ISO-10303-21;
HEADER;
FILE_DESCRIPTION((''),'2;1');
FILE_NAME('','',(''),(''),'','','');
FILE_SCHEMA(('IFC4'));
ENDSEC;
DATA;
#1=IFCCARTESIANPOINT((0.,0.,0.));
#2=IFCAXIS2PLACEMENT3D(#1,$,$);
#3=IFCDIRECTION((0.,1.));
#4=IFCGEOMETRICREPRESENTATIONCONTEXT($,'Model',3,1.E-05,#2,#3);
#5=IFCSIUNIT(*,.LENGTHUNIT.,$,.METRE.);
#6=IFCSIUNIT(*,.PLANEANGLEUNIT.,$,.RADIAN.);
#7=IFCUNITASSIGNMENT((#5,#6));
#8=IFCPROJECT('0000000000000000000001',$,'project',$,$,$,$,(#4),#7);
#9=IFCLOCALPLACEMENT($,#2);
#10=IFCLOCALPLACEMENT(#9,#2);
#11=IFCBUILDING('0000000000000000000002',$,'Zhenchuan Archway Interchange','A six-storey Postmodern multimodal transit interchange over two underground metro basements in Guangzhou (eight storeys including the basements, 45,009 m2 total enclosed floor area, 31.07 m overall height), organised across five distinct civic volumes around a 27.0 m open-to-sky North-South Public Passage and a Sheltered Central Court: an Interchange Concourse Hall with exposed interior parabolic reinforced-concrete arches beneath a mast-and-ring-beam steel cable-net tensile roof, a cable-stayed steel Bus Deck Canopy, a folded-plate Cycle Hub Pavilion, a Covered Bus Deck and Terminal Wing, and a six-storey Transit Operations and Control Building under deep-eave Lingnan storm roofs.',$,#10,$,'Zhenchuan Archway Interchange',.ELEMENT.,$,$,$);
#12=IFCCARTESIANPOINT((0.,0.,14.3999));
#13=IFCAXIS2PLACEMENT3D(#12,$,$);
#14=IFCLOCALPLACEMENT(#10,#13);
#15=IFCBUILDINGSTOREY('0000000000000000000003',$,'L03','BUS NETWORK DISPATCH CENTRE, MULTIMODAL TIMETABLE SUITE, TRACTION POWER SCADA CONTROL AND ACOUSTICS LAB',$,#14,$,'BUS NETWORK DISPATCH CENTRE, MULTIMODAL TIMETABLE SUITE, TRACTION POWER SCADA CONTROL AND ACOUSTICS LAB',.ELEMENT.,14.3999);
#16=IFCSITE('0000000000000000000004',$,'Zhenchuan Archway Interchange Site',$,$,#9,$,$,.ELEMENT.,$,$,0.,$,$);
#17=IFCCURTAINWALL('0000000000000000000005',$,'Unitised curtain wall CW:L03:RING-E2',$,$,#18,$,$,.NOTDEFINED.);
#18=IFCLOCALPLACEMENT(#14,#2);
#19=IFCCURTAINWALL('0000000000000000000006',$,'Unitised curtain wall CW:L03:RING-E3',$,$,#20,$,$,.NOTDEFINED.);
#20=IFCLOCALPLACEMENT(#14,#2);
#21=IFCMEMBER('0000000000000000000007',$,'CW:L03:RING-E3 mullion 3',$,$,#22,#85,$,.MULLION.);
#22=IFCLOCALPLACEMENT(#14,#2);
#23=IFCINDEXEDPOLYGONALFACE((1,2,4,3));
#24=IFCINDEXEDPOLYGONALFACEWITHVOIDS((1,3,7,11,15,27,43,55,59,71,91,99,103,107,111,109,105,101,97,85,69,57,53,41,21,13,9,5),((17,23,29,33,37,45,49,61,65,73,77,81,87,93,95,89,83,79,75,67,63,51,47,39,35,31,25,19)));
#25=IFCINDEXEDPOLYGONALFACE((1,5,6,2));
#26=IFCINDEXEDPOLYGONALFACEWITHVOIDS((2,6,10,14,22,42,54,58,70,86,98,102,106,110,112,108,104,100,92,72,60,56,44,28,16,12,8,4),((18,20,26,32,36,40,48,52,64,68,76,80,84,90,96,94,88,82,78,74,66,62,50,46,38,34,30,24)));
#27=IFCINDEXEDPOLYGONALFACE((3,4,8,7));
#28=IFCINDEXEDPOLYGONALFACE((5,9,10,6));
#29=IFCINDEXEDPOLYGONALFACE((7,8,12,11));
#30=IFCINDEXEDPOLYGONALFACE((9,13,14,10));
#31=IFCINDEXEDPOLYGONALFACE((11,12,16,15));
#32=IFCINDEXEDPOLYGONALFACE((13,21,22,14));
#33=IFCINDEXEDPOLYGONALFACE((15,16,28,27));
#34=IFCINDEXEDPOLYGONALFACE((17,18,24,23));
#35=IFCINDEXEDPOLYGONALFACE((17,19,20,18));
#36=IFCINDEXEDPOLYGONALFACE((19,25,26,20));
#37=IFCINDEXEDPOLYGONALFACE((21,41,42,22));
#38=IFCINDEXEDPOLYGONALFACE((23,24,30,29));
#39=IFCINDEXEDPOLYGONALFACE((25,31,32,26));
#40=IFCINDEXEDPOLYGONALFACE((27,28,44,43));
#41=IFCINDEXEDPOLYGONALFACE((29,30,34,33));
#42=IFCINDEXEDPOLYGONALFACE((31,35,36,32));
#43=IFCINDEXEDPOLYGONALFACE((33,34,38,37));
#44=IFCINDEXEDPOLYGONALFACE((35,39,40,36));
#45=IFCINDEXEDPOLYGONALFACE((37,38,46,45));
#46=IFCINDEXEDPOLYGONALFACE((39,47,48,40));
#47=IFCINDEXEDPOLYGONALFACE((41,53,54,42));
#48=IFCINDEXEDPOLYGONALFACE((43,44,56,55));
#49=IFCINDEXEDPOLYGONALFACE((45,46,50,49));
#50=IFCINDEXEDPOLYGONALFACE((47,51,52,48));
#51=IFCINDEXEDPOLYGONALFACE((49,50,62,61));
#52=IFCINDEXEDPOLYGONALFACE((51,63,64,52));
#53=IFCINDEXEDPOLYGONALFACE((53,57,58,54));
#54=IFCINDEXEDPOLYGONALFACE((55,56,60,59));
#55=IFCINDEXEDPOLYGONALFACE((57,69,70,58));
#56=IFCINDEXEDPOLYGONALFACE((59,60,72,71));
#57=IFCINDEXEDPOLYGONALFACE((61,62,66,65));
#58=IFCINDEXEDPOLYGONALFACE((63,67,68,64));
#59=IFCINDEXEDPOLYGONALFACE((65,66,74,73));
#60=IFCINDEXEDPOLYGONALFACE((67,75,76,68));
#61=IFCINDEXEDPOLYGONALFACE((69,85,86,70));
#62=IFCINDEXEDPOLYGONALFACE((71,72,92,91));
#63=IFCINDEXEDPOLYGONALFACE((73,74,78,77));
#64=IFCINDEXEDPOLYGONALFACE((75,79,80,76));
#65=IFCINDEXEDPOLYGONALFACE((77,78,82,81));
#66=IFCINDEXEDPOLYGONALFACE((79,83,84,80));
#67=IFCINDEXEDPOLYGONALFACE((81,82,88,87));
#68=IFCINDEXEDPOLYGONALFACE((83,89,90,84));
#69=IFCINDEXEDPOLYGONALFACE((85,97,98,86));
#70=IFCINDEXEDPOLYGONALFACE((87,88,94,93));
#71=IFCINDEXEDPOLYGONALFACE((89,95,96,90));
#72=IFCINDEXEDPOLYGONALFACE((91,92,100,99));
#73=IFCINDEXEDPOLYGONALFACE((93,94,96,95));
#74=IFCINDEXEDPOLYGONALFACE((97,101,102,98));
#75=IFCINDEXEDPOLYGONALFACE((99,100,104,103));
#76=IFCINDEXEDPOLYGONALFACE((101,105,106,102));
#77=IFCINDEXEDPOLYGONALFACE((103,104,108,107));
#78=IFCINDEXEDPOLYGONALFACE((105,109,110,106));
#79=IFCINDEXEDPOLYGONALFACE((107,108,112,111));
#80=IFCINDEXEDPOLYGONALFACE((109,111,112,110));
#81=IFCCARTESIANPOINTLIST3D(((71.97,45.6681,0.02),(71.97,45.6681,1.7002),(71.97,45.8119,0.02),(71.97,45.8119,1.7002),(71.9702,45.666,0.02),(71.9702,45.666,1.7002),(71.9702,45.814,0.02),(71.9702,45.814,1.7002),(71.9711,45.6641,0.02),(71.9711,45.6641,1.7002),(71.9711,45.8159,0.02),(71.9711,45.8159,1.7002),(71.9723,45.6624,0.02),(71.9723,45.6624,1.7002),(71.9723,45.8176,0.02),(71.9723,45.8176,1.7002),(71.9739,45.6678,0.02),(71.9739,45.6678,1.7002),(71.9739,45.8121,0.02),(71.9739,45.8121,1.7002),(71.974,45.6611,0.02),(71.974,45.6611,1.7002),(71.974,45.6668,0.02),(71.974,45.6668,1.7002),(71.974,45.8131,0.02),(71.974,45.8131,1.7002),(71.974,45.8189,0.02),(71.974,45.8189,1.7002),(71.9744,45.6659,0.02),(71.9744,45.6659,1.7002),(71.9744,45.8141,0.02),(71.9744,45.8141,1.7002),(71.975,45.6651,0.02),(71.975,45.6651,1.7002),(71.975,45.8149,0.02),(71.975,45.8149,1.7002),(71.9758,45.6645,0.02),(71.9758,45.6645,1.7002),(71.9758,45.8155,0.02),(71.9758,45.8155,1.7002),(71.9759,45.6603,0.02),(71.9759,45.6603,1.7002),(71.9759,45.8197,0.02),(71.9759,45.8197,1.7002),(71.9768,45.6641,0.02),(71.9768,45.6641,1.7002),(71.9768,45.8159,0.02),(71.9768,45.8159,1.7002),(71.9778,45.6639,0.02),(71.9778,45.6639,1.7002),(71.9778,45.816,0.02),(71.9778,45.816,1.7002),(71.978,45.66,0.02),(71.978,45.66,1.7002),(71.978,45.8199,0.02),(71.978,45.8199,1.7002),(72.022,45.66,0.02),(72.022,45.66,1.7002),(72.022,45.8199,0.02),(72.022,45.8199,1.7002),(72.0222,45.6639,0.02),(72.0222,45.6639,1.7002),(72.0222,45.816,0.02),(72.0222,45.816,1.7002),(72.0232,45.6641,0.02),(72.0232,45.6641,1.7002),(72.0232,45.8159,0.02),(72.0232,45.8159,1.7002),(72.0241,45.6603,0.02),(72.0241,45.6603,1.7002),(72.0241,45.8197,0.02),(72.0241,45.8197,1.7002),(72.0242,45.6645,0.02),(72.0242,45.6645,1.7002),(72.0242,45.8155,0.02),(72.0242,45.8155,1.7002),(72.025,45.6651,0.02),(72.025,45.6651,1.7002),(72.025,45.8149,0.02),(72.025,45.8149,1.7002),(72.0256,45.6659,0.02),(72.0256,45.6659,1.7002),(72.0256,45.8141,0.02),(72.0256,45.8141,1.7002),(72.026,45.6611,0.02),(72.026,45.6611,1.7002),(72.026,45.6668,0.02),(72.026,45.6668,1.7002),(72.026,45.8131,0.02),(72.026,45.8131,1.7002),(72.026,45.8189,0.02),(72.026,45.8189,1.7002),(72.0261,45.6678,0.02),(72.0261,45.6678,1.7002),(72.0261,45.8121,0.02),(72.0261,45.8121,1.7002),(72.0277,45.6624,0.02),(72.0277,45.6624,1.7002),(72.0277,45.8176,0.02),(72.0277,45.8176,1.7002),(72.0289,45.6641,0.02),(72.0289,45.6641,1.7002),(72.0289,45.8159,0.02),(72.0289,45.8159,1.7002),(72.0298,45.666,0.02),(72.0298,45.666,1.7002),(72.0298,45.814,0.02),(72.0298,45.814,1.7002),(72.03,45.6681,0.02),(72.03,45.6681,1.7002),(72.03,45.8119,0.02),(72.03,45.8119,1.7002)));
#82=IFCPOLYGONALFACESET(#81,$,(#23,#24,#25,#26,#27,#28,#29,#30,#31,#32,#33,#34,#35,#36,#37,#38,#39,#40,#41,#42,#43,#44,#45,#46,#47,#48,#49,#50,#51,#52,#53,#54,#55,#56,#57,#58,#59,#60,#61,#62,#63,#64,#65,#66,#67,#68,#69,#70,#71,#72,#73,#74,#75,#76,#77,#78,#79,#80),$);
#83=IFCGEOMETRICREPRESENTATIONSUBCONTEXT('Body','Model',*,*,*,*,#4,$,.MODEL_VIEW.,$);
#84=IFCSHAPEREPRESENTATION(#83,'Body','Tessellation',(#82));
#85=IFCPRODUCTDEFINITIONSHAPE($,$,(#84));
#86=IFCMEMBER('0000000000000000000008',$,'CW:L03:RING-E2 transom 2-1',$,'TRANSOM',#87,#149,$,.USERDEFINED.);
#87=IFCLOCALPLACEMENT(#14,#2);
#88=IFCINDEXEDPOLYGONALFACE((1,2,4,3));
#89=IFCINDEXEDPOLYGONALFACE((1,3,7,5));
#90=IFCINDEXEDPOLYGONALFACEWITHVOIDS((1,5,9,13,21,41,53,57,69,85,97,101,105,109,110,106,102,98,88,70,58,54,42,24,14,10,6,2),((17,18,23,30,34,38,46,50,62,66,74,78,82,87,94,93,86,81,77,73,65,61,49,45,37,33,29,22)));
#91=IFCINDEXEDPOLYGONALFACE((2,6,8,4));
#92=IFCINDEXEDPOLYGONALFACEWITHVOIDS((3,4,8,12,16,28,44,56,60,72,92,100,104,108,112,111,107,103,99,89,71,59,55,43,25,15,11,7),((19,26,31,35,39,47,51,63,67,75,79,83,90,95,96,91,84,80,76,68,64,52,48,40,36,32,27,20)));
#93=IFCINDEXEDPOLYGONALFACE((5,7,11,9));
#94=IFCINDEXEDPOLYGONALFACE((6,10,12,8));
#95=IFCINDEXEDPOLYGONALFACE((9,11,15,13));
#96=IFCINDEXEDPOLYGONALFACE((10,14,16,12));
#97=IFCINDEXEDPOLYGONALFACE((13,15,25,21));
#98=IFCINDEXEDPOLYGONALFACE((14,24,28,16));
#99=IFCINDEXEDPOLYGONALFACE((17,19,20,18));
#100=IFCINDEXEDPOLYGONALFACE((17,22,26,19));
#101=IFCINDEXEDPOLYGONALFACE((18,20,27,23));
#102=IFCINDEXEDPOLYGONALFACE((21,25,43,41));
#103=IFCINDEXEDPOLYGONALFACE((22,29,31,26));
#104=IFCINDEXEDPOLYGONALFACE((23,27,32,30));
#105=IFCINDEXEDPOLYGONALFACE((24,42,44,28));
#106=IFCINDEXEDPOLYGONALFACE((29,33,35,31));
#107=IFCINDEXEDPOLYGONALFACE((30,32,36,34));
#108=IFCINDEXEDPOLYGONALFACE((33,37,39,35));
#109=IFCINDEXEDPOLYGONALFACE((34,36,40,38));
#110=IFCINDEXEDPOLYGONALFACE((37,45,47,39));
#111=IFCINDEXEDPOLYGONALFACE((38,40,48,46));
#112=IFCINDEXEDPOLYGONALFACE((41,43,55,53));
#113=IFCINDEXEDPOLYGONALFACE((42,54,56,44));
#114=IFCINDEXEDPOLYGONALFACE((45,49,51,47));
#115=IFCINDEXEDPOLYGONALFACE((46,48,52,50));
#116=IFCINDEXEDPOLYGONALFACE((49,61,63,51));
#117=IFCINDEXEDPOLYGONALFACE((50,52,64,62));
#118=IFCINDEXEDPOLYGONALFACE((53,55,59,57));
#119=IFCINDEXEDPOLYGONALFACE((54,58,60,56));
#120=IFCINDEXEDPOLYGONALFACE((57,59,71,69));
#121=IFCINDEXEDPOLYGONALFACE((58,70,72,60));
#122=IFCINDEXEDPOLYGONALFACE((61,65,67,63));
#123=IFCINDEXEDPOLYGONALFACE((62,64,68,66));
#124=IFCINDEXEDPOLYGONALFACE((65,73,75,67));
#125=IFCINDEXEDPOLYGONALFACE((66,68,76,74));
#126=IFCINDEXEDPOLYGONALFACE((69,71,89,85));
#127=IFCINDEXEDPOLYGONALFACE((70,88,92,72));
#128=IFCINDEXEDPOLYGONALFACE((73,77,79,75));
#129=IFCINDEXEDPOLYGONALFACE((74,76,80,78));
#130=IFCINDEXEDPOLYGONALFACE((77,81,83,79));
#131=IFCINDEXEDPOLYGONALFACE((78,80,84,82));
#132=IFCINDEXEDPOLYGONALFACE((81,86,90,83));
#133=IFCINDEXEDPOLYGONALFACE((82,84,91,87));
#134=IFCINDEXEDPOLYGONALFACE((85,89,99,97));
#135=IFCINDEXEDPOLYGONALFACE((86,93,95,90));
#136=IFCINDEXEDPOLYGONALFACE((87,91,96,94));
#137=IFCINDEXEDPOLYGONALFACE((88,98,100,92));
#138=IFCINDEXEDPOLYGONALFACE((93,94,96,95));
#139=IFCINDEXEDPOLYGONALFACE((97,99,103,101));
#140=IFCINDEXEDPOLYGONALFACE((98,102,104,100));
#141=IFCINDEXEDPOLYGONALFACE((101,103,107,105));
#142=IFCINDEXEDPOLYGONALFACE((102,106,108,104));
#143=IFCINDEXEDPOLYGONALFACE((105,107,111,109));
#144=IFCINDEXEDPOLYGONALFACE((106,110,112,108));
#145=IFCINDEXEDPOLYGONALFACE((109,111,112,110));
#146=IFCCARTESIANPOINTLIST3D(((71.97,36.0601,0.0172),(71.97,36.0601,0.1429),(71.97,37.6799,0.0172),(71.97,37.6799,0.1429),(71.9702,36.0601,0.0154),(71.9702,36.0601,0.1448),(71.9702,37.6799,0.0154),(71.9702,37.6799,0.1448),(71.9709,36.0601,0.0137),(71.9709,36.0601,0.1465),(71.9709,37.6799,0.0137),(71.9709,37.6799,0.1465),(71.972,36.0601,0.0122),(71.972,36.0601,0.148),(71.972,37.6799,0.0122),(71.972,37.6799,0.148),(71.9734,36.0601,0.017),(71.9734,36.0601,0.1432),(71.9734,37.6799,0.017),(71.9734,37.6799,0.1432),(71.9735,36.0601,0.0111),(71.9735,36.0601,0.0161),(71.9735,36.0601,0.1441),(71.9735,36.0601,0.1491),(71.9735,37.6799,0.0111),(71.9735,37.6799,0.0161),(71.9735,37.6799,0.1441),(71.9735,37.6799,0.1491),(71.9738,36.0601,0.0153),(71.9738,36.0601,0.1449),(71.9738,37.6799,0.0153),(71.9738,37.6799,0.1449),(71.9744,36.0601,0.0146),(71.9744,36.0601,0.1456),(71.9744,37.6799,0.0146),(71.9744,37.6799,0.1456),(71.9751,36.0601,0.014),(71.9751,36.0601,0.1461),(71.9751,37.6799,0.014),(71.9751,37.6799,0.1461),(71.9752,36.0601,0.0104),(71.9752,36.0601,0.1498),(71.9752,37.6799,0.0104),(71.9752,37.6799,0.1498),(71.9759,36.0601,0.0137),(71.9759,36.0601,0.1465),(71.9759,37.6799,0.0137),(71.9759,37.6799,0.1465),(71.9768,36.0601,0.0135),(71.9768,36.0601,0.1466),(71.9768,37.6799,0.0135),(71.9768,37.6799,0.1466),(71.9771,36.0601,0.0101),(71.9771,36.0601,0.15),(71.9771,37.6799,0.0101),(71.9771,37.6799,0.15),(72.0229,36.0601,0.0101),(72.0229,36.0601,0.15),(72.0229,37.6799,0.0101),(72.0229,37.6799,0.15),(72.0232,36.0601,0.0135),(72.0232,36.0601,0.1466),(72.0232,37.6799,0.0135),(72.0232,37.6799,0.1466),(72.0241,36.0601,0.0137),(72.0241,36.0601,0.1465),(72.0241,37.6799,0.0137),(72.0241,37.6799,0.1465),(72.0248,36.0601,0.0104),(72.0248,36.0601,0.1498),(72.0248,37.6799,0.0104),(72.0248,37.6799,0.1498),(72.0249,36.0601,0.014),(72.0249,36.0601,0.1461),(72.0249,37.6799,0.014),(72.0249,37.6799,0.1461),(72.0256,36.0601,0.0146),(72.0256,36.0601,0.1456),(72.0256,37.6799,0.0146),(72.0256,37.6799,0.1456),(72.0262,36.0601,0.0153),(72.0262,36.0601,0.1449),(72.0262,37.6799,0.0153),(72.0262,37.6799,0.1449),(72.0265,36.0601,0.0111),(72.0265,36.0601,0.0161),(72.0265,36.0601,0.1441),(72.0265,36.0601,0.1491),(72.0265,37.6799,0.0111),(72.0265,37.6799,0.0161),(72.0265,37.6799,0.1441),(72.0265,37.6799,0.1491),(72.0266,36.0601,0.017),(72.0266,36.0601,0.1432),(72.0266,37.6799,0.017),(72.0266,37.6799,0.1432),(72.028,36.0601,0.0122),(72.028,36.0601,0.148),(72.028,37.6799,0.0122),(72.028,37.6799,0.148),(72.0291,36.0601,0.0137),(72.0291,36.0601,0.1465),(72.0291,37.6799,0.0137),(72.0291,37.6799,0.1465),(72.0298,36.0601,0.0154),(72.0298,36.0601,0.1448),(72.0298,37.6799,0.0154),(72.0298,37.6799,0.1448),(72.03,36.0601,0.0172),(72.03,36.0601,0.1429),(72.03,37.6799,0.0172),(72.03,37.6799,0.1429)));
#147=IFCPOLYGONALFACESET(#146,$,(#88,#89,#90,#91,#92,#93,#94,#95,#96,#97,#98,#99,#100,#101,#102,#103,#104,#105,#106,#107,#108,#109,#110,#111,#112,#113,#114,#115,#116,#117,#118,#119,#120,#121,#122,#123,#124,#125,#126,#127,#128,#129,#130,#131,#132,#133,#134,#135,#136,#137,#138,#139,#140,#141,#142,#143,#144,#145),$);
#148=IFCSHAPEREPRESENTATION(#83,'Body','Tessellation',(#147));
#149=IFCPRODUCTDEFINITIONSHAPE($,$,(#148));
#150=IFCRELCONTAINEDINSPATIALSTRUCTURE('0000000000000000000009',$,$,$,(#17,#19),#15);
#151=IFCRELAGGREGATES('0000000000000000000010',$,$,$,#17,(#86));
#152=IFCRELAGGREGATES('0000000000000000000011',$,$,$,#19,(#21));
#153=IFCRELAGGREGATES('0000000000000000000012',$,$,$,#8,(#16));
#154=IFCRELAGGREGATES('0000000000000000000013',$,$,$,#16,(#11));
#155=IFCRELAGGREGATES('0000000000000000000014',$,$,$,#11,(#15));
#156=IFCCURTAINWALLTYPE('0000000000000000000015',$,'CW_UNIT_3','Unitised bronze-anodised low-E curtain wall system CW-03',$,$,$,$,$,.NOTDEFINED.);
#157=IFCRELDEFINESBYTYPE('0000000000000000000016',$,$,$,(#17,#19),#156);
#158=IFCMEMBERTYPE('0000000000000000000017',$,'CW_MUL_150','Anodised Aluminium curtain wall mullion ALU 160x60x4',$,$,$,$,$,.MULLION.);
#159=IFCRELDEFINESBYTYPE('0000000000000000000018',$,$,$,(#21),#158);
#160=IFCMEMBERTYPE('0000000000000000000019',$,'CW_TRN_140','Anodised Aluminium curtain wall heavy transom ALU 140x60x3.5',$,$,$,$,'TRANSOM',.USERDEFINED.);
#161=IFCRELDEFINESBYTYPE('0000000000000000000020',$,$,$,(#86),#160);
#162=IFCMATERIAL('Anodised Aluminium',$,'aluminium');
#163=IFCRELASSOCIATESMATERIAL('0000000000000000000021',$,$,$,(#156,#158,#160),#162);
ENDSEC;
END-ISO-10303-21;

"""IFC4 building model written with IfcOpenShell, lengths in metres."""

from ifc_helpers import new_model, si_unit, direction, frame, origin, origin_2d, place, context, subcontext, project, spatial, hollow_rectangle, extrude, material, material_profile, profile_set, type_object, element, aggregate, save


model = new_model("IFC4")

# Units and contexts
model_context = context("Model", 3, precision=1e-05, world=origin(), true_north=direction((0.0, 1.0)))
body_context = subcontext(model_context, "Body", "Model", "MODEL_VIEW")
ifc_project = project(units=[si_unit("LENGTHUNIT", "METRE"), si_unit("PLANEANGLEUNIT", "RADIAN")], contexts=[model_context])

# Site, building, storey
site_placement = place(None, origin())
site = spatial("IfcSite", under=ifc_project, at=site_placement, Name="Zhenchuan Archway Interchange Site", CompositionType="ELEMENT", RefElevation=0.0)
building_placement = place(site_placement, origin())
building = spatial("IfcBuilding", under=site, at=building_placement, Name="Zhenchuan Archway Interchange", Description="A six-storey Postmodern multimodal transit interchange over two underground metro basements in Guangzhou (eight storeys including the basements, 45,009 m2 total enclosed floor area, 31.07 m overall height), organised across five distinct civic volumes around a 27.0 m open-to-sky North-South Public Passage and a Sheltered Central Court: an Interchange Concourse Hall with exposed interior parabolic reinforced-concrete arches beneath a mast-and-ring-beam steel cable-net tensile roof, a cable-stayed steel Bus Deck Canopy, a folded-plate Cycle Hub Pavilion, a Covered Bus Deck and Terminal Wing, and a six-storey Transit Operations and Control Building under deep-eave Lingnan storm roofs.", LongName="Zhenchuan Archway Interchange", CompositionType="ELEMENT")
storey_placement = place(building_placement, frame((0.0, 0.0, 14.3999)))
storey = spatial("IfcBuildingStorey", under=building, at=storey_placement, Name="L03", Description="BUS NETWORK DISPATCH CENTRE, MULTIMODAL TIMETABLE SUITE, TRACTION POWER SCADA CONTROL AND ACOUSTICS LAB", LongName="BUS NETWORK DISPATCH CENTRE, MULTIMODAL TIMETABLE SUITE, TRACTION POWER SCADA CONTROL AND ACOUSTICS LAB", CompositionType="ELEMENT", Elevation=14.3999)

# Curtain walls, member
ifc_material_1 = material(Name="Anodised Aluminium", Category="aluminium")
curtain_wall_type = type_object("IfcCurtainWallType", Name="CW_UNIT_3", Description="Unitised bronze-anodised low-E curtain wall system CW-03", PredefinedType="NOTDEFINED", material=ifc_material_1)
curtain_wall_1_placement = place(storey_placement, origin())
curtain_wall_1 = element("IfcCurtainWall", 1, at=curtain_wall_1_placement, inside=storey, type_object=curtain_wall_type, Name="Unitised curtain wall CW:L03:RING-E2", PredefinedType="NOTDEFINED")
ifc_material_profile_1 = material_profile(ifc_material_1, hollow_rectangle(XDim=0.0601, YDim=0.1599, WallThickness=0.0039, InnerFilletRadius=0.0039, OuterFilletRadius=0.0081, at=origin_2d()), Name="ALU 160x60x4")
ifc_profile_set_1 = profile_set([ifc_material_profile_1], Name="Anodised Aluminium")
member_type_1 = type_object("IfcMemberType", Name="CW_MUL_150", Description="Anodised Aluminium curtain wall mullion ALU 160x60x4", PredefinedType="MULLION", material=ifc_profile_set_1)
curtain_wall_2_placement = place(storey_placement, origin())
curtain_wall_2 = element("IfcCurtainWall", 2, at=curtain_wall_2_placement, inside=storey, type_object=curtain_wall_type, Name="Unitised curtain wall CW:L03:RING-E3", PredefinedType="NOTDEFINED")
member_1_placement = place(storey_placement, frame((72.0, 45.74, 0.02), z_axis=(0.0, 0.0, 1.0), x_axis=(1.0, 0.0, 0.0)))
member_1 = element("IfcMember", 3, at=member_1_placement, type_object=member_type_1, Name="CW:L03:RING-E3 mullion 3", PredefinedType="MULLION", context=body_context, shape_type="SweptSolid", body=[
    extrude(hollow_rectangle(XDim=0.0601, YDim=0.1599, WallThickness=0.0039, InnerFilletRadius=0.0039, OuterFilletRadius=0.0081, at=origin_2d()), origin(), (0.0, 0.0, 1.0), 1.6802),
])

# Member
ifc_material_profile_2 = material_profile(ifc_material_1, hollow_rectangle(XDim=0.0601, YDim=0.1399, WallThickness=0.0034, InnerFilletRadius=0.0034, OuterFilletRadius=0.0071, at=origin_2d()), Name="ALU 140x60x3.5")
ifc_profile_set_2 = profile_set([ifc_material_profile_2], Name="Anodised Aluminium")
member_type_2 = type_object("IfcMemberType", Name="CW_TRN_140", Description="Anodised Aluminium curtain wall heavy transom ALU 140x60x3.5", ElementType="TRANSOM", PredefinedType="USERDEFINED", material=ifc_profile_set_2)
member_2_placement = place(storey_placement, frame((72.0, 36.0601, 0.0801), z_axis=(0.0, 1.0, 0.0), x_axis=(-1.0, 0.0, 0.0)))
member_2 = element("IfcMember", 4, at=member_2_placement, type_object=member_type_2, Name="CW:L03:RING-E2 transom 2-1", ObjectType="TRANSOM", PredefinedType="USERDEFINED", context=body_context, shape_type="SweptSolid", body=[
    extrude(hollow_rectangle(XDim=0.0601, YDim=0.1399, WallThickness=0.0034, InnerFilletRadius=0.0034, OuterFilletRadius=0.0071, at=origin_2d()), origin(), (0.0, 0.0, 1.0), 1.6199),
])

aggregate(curtain_wall_1, [member_2])
aggregate(curtain_wall_2, [member_1])

save(model, "model.ifc")
